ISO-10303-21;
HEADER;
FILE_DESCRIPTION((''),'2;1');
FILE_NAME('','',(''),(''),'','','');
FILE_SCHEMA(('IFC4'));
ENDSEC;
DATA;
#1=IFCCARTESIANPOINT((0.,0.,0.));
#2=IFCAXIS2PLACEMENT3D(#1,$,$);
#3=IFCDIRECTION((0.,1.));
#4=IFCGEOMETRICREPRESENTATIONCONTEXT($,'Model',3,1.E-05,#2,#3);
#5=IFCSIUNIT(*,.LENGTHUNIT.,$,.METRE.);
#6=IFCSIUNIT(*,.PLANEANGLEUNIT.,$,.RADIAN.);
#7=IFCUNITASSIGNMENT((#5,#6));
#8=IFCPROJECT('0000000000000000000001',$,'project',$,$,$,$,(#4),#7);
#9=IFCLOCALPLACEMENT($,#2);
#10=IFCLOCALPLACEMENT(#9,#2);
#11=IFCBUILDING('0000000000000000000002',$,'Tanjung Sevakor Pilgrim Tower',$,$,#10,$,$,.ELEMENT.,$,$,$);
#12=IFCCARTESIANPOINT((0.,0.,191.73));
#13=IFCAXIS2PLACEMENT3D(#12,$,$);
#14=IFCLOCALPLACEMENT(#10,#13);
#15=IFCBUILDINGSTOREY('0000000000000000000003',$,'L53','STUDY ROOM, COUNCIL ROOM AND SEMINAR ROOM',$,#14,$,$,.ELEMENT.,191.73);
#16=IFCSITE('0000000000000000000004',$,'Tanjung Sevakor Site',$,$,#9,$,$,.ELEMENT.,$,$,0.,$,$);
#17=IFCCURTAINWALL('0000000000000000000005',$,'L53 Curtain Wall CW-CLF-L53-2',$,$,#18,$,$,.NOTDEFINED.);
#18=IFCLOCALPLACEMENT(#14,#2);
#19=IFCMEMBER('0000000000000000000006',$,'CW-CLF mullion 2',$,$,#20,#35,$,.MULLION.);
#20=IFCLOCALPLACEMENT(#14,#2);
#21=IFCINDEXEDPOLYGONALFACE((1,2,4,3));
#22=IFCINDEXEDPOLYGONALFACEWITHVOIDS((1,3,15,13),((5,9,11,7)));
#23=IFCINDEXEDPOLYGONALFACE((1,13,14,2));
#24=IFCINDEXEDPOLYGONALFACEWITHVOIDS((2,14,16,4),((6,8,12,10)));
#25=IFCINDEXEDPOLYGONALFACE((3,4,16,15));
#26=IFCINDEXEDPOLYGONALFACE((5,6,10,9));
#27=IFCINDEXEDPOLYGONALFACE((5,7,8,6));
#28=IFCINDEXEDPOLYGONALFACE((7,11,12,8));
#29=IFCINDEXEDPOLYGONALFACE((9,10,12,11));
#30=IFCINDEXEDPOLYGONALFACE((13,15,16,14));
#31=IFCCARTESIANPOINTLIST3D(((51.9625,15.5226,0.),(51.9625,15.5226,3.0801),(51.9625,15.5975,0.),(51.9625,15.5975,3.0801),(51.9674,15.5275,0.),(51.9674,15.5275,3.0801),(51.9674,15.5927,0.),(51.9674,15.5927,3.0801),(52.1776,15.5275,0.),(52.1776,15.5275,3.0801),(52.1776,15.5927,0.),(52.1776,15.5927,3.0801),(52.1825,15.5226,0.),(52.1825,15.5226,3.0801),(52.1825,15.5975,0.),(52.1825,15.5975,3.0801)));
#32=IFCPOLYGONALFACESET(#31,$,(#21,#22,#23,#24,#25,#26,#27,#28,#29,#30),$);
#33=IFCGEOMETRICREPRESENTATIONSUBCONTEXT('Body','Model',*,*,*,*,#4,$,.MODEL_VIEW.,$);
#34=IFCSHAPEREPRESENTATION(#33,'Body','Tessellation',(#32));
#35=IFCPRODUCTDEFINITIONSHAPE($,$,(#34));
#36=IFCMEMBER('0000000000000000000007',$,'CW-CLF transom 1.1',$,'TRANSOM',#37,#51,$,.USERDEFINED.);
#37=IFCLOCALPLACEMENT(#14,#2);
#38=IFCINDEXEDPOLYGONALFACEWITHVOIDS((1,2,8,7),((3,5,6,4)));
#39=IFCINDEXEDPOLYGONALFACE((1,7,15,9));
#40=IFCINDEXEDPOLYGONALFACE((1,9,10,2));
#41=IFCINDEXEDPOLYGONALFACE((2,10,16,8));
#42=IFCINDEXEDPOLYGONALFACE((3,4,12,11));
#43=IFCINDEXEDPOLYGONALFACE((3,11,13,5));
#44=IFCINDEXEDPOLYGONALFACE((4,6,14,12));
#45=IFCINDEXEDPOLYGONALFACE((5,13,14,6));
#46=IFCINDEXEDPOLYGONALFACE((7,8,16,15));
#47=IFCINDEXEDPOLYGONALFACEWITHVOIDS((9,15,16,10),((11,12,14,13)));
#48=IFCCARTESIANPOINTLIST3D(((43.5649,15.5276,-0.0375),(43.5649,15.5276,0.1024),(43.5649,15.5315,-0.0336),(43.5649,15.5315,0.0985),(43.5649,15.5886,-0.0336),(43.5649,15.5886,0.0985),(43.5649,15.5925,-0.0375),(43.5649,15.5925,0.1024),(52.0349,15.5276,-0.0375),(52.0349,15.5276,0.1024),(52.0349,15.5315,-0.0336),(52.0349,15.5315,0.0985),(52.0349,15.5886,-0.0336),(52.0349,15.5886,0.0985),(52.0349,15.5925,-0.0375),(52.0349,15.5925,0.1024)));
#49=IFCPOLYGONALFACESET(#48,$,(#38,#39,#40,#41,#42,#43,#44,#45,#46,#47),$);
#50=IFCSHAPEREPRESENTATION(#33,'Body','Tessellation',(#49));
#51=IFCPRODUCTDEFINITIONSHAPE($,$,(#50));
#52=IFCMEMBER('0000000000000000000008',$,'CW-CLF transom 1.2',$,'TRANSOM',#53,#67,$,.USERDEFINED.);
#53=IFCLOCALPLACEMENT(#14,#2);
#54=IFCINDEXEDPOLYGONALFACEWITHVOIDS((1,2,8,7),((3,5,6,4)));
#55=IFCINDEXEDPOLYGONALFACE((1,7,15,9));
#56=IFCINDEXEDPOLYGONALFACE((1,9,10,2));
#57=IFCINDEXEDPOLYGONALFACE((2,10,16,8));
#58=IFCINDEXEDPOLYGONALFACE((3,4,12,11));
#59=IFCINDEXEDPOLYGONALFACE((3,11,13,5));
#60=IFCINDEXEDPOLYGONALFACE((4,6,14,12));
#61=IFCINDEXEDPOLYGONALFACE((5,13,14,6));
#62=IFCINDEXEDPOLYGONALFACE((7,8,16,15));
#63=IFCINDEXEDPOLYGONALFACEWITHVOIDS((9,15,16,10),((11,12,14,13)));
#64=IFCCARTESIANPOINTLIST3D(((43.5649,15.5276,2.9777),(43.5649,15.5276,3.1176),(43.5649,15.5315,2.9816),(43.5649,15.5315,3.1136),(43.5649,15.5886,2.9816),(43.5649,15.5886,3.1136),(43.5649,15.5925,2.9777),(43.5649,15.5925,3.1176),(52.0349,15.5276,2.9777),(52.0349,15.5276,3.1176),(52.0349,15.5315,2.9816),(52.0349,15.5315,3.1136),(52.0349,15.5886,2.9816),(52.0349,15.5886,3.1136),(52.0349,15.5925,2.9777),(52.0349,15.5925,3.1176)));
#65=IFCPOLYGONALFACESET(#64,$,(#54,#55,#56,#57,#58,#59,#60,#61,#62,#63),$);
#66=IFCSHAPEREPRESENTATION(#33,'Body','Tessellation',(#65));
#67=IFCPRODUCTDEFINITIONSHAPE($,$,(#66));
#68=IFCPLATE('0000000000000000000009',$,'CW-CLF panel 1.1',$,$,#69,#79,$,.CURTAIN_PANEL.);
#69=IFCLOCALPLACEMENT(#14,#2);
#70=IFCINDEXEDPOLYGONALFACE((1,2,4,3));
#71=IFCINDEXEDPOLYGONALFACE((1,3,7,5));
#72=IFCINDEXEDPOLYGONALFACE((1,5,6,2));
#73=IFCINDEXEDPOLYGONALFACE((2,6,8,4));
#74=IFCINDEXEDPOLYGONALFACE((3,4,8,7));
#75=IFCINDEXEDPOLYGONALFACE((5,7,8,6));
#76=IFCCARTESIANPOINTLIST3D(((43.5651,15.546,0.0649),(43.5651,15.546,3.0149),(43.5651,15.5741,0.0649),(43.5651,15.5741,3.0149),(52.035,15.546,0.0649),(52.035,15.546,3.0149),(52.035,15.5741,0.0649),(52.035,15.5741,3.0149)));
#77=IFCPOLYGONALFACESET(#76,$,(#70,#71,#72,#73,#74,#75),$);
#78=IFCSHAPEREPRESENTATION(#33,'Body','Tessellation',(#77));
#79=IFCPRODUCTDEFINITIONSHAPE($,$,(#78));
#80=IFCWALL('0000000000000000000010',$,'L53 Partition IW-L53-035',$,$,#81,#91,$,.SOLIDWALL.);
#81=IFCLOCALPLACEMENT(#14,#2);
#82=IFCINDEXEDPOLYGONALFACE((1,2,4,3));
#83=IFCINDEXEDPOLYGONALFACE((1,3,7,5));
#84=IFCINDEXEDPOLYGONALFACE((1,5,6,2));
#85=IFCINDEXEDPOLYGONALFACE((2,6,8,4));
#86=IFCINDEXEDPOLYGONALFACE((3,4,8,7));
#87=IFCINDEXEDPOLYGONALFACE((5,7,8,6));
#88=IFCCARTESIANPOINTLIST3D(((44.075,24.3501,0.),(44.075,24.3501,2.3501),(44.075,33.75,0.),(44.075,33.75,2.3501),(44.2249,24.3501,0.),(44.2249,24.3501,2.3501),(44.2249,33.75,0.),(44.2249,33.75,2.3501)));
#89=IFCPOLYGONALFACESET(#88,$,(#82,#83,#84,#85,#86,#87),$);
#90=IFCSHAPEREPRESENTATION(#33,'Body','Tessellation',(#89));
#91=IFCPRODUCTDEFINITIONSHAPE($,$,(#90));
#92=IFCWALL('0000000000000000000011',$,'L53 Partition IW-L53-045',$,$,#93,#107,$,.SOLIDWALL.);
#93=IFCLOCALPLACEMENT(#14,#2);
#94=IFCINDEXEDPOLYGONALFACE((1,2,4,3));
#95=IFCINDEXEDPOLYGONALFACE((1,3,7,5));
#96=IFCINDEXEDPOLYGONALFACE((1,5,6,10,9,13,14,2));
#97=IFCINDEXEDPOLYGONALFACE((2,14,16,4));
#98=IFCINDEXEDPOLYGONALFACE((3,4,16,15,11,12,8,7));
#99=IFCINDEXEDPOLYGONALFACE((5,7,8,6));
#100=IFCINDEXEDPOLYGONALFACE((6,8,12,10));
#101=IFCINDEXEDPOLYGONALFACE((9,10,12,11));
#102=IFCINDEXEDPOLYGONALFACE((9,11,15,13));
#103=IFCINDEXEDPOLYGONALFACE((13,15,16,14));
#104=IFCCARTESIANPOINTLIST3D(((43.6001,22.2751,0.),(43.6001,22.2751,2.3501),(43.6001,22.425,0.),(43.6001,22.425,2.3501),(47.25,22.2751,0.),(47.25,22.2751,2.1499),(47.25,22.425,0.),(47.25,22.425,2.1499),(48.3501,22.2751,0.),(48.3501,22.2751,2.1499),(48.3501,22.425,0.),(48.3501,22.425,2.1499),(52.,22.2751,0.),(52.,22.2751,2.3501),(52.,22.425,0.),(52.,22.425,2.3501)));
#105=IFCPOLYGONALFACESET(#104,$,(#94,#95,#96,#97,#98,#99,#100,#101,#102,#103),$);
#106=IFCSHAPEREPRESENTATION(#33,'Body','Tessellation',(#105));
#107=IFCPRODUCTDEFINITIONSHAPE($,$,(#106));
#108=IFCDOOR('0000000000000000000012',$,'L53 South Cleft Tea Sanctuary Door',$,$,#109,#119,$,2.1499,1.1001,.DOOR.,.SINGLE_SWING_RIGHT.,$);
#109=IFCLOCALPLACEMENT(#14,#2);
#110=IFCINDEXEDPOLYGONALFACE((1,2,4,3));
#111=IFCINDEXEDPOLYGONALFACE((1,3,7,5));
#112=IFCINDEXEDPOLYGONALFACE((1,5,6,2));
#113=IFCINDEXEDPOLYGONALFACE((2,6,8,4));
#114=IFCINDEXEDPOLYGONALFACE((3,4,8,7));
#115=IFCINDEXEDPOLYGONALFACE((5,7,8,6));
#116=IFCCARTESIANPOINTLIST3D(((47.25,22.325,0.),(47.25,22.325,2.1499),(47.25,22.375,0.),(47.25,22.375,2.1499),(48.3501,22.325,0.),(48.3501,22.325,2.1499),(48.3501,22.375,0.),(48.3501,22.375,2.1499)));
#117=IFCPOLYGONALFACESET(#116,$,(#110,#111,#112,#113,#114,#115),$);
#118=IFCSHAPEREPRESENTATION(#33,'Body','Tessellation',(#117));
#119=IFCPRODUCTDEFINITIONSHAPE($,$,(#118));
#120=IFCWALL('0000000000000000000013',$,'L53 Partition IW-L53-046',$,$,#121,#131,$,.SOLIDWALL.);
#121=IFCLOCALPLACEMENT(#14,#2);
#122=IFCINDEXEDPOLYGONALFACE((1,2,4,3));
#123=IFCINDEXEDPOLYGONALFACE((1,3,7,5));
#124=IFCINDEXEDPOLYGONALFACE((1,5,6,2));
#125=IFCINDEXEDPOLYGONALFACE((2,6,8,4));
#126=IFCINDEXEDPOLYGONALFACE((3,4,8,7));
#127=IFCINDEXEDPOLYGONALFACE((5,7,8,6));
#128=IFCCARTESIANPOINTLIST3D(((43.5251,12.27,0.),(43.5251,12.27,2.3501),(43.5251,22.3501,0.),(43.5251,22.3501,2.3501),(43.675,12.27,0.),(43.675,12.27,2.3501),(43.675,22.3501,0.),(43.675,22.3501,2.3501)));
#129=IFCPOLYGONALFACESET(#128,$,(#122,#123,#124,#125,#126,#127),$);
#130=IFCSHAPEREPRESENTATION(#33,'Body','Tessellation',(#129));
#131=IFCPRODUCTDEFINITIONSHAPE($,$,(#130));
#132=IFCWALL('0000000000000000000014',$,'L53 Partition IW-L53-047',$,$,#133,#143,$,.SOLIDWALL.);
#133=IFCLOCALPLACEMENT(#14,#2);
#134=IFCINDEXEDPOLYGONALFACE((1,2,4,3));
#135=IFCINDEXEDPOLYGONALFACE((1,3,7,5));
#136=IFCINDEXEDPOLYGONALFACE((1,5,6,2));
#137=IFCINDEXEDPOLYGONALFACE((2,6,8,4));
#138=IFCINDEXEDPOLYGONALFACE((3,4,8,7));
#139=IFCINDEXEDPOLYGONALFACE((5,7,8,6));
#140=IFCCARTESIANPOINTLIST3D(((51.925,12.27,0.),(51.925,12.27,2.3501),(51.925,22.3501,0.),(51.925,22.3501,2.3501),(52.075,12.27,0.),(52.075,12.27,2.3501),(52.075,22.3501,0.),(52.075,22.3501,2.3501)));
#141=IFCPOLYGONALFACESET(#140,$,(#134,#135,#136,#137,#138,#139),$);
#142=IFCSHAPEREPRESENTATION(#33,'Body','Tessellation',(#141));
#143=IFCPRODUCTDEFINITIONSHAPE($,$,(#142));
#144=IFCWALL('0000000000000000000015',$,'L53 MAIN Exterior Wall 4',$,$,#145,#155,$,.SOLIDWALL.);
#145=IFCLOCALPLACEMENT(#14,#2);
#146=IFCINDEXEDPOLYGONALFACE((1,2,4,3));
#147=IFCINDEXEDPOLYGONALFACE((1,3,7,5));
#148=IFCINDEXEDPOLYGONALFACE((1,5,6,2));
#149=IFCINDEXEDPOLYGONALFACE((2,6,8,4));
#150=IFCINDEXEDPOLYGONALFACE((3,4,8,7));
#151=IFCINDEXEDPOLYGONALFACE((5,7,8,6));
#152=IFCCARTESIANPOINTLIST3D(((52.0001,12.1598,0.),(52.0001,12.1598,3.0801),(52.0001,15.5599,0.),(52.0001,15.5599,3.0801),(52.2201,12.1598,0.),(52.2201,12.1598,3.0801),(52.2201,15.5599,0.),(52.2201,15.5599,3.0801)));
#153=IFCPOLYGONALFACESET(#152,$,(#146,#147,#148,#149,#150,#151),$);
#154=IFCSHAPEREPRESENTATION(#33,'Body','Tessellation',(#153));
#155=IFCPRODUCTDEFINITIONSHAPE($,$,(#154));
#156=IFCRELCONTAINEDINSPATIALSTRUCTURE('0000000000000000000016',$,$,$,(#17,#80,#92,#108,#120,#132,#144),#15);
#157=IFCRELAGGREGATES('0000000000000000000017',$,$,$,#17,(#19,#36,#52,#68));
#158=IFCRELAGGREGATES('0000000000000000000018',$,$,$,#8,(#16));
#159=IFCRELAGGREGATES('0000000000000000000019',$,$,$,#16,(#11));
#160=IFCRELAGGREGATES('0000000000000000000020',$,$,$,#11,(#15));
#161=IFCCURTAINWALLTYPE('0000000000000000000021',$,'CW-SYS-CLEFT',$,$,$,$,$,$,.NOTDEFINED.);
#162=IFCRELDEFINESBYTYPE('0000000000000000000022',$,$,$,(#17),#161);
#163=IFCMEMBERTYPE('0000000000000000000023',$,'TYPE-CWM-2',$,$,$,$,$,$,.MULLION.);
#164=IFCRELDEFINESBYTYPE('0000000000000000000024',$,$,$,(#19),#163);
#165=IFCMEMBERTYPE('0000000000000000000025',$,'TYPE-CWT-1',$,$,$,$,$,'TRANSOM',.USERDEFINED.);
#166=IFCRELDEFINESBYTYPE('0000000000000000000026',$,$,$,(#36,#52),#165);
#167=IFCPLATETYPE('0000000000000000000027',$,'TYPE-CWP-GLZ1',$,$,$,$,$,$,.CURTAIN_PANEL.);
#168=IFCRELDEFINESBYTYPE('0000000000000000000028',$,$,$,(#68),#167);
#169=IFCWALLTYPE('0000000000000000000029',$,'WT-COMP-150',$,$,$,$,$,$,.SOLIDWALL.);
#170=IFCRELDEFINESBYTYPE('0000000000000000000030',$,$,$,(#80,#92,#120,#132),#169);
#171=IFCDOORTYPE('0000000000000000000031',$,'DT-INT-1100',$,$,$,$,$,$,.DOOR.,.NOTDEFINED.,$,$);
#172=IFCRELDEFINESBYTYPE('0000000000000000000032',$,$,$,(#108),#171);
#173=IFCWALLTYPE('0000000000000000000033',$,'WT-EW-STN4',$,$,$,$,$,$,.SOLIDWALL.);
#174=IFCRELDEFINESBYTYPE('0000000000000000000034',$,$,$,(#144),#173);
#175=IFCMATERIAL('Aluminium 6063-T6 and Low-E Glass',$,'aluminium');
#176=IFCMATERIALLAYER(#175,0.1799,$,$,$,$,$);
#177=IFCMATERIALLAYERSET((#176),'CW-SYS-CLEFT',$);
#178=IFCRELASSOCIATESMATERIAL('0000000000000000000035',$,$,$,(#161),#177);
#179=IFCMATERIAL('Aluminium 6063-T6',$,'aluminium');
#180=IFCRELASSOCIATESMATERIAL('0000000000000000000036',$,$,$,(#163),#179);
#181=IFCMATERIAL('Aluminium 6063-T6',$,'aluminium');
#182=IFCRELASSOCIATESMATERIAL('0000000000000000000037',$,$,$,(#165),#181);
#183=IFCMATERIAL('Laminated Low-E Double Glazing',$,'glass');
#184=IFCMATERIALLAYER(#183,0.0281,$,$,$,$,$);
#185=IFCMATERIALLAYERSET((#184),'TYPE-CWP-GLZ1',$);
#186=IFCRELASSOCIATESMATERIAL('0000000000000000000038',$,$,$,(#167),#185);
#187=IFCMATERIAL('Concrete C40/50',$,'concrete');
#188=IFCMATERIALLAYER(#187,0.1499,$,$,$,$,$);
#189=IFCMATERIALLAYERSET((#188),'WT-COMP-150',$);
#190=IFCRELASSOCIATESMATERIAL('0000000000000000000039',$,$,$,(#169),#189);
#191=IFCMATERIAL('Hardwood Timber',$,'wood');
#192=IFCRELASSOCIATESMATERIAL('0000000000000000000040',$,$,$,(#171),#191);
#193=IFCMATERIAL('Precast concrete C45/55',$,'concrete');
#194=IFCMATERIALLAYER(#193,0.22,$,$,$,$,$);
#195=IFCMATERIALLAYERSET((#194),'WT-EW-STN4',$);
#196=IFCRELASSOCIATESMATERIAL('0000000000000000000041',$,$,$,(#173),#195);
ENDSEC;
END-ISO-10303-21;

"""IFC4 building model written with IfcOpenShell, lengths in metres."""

from ifc_helpers import new_model, si_unit, direction, frame, frame_2d, origin, origin_2d, place, context, subcontext, project, spatial, rectangle, hollow_rectangle, extrude, material, layer, layer_set, material_profile, profile_set, type_object, element, fill, aggregate, save


model = new_model("IFC4")

# Units and contexts
model_context = context("Model", 3, precision=1e-05, world=origin(), true_north=direction((0.0, 1.0)))
body_context = subcontext(model_context, "Body", "Model", "MODEL_VIEW")
ifc_project = project(units=[si_unit("LENGTHUNIT", "METRE"), si_unit("PLANEANGLEUNIT", "RADIAN")], contexts=[model_context])

# Site, building, storey
site_placement = place(None, origin())
site = spatial("IfcSite", under=ifc_project, at=site_placement, Name="Tanjung Sevakor Site", CompositionType="ELEMENT", RefElevation=0.0)
building_placement = place(site_placement, origin())
building = spatial("IfcBuilding", under=site, at=building_placement, Name="Tanjung Sevakor Pilgrim Tower", CompositionType="ELEMENT")
storey_placement = place(building_placement, frame((0.0, 0.0, 191.73)))
storey = spatial("IfcBuildingStorey", under=building, at=storey_placement, Name="L53", Description="STUDY ROOM, COUNCIL ROOM AND SEMINAR ROOM", CompositionType="ELEMENT", Elevation=191.73)

# Curtain wall, members, plate
ifc_material_1 = material(Name="Aluminium 6063-T6 and Low-E Glass", Category="aluminium")
ifc_layer_1 = layer(ifc_material_1, 0.1799)
ifc_layer_set_1 = layer_set([ifc_layer_1], Name="CW-SYS-CLEFT")
curtain_wall_type = type_object("IfcCurtainWallType", Name="CW-SYS-CLEFT", PredefinedType="NOTDEFINED", material=ifc_layer_set_1)
curtain_wall_placement = place(storey_placement, origin())
curtain_wall = element("IfcCurtainWall", 1, at=curtain_wall_placement, inside=storey, type_object=curtain_wall_type, Name="L53 Curtain Wall CW-CLF-L53-2", PredefinedType="NOTDEFINED")
ifc_material_2 = material(Name="Aluminium 6063-T6", Category="aluminium")
ifc_material_profile_1 = material_profile(ifc_material_2, hollow_rectangle(XDim=0.075, YDim=0.22, WallThickness=0.0049, at=origin_2d()))
ifc_profile_set_1 = profile_set([ifc_material_profile_1], Name="Aluminium 6063-T6")
member_type_1 = type_object("IfcMemberType", Name="TYPE-CWM-2", PredefinedType="MULLION", material=ifc_profile_set_1)
member_1_placement = place(storey_placement, frame((52.0725, 15.5601, 0.0), z_axis=(0.0, 0.0, 1.0), x_axis=(0.0, 1.0, 0.0)))
member_1 = element("IfcMember", 2, at=member_1_placement, type_object=member_type_1, Name="CW-CLF mullion 2", PredefinedType="MULLION", context=body_context, shape_type="SweptSolid", body=[
    extrude(hollow_rectangle(XDim=0.075, YDim=0.22, WallThickness=0.0049, at=origin_2d()), origin(), (0.0, 0.0, 1.0), 3.0801),
])
ifc_material_3 = material(Name="Aluminium 6063-T6", Category="aluminium")
ifc_material_profile_2 = material_profile(ifc_material_3, hollow_rectangle(XDim=0.0649, YDim=0.1399, WallThickness=0.0039, at=origin_2d()))
ifc_profile_set_2 = profile_set([ifc_material_profile_2], Name="Aluminium 6063-T6")
member_type_2 = type_object("IfcMemberType", Name="TYPE-CWT-1", ElementType="TRANSOM", PredefinedType="USERDEFINED", material=ifc_profile_set_2)
member_2_placement = place(storey_placement, frame((43.5649, 15.5601, 0.0325), z_axis=(1.0, 0.0, 0.0), x_axis=(0.0, 1.0, 0.0)))
member_2 = element("IfcMember", 3, at=member_2_placement, type_object=member_type_2, Name="CW-CLF transom 1.1", ObjectType="TRANSOM", PredefinedType="USERDEFINED", context=body_context, shape_type="SweptSolid", body=[
    extrude(hollow_rectangle(XDim=0.0649, YDim=0.1399, WallThickness=0.0039, at=origin_2d()), origin(), (0.0, 0.0, 1.0), 8.47),
])
member_3_placement = place(storey_placement, frame((43.5649, 15.5601, 3.0476), z_axis=(1.0, 0.0, 0.0), x_axis=(0.0, 1.0, 0.0)))
member_3 = element("IfcMember", 4, at=member_3_placement, type_object=member_type_2, Name="CW-CLF transom 1.2", ObjectType="TRANSOM", PredefinedType="USERDEFINED", context=body_context, shape_type="SweptSolid", body=[
    extrude(hollow_rectangle(XDim=0.0649, YDim=0.1399, WallThickness=0.0039, at=origin_2d()), origin(), (0.0, 0.0, 1.0), 8.47),
])
ifc_material_4 = material(Name="Laminated Low-E Double Glazing", Category="glass")
ifc_layer_2 = layer(ifc_material_4, 0.0281)
ifc_layer_set_2 = layer_set([ifc_layer_2], Name="TYPE-CWP-GLZ1")
plate_type = type_object("IfcPlateType", Name="TYPE-CWP-GLZ1", PredefinedType="CURTAIN_PANEL", material=ifc_layer_set_2)
plate_placement = place(storey_placement, frame((47.8, 15.5601, 0.0649), z_axis=(0.0, 0.0, 1.0), x_axis=(1.0, 0.0, 0.0)))
plate = element("IfcPlate", 5, at=plate_placement, type_object=plate_type, Name="CW-CLF panel 1.1", PredefinedType="CURTAIN_PANEL", context=body_context, shape_type="SweptSolid", body=[
    extrude(rectangle(XDim=8.47, YDim=0.0281, at=origin_2d()), origin(), (0.0, 0.0, 1.0), 2.95),
])
aggregate(curtain_wall, [member_1, member_2, member_3, plate])

# Wall
ifc_material_5 = material(Name="Concrete C40/50", Category="concrete")
ifc_layer_3 = layer(ifc_material_5, 0.1499)
ifc_layer_set_3 = layer_set([ifc_layer_3], Name="WT-COMP-150")
wall_type_1 = type_object("IfcWallType", Name="WT-COMP-150", PredefinedType="SOLIDWALL", material=ifc_layer_set_3)
wall_1_placement = place(storey_placement, frame((44.1499, 24.3501, 0.0), z_axis=(0.0, 0.0, 1.0), x_axis=(0.0, 1.0, 0.0)))
element("IfcWall", 6, at=wall_1_placement, inside=storey, type_object=wall_type_1, Name="L53 Partition IW-L53-035", PredefinedType="SOLIDWALL", context=body_context, shape_type="SweptSolid", body=[
    extrude(rectangle(XDim=9.3999, YDim=0.1499, at=frame_2d((4.7, 0.0))), origin(), (0.0, 0.0, 1.0), 2.3501),
])

# Wall, opening, door
wall_2_placement = place(storey_placement, frame((43.6001, 22.3501, 0.0), z_axis=(0.0, 0.0, 1.0), x_axis=(1.0, 0.0, 0.0)))
wall_2 = element("IfcWall", 7, at=wall_2_placement, inside=storey, type_object=wall_type_1, Name="L53 Partition IW-L53-045", PredefinedType="SOLIDWALL", context=body_context, shape_type="SweptSolid", body=[
    extrude(rectangle(XDim=8.3999, YDim=0.1499, at=frame_2d((4.2, 0.0))), origin(), (0.0, 0.0, 1.0), 2.3501),
])
opening_1_placement = place(wall_2_placement, frame((3.6499, 0.0, 0.0)))
opening_1 = element("IfcOpeningElement", 8, at=opening_1_placement, cuts=wall_2, PredefinedType="OPENING", context=body_context, shape_type="SweptSolid", body=[
    extrude(rectangle(XDim=1.1001, YDim=2.1499, at=frame_2d((0.55, 1.075))), frame((0.0, 0.085, 0.0), z_axis=(0.0, -1.0, 0.0), x_axis=(1.0, 0.0, 0.0)), (0.0, 0.0, 1.0), 0.1699),
])
ifc_material_6 = material(Name="Hardwood Timber", Category="wood")
door_type_1 = type_object("IfcDoorType", Name="DT-INT-1100", OperationType="NOTDEFINED", PredefinedType="DOOR", material=ifc_material_6)
door_1_placement = place(opening_1_placement, origin())
door_1 = element("IfcDoor", 9, at=door_1_placement, inside=storey, type_object=door_type_1, Name="L53 South Cleft Tea Sanctuary Door", OperationType="SINGLE_SWING_RIGHT", OverallHeight=2.1499, OverallWidth=1.1001, PredefinedType="DOOR", context=body_context, shape_type="SweptSolid", body=[
    extrude(rectangle(XDim=1.1001, YDim=2.1499, at=frame_2d((0.55, 1.075))), frame((0.0, 0.0249, 0.0), z_axis=(0.0, -1.0, 0.0), x_axis=(1.0, 0.0, 0.0)), (0.0, 0.0, 1.0), 0.05),
])
fill(opening_1, door_1)

# Walls
for number, where, z_axis, x_axis, name in (
    (10, (43.6001, 12.27, 0.0), (0.0, 0.0, 1.0), (0.0, 1.0, 0.0), "L53 Partition IW-L53-046"),
    (11, (52.0, 12.27, 0.0), (0.0, 0.0, 1.0), (0.0, 1.0, 0.0), "L53 Partition IW-L53-047"),
):
    element("IfcWall", number, at=place(storey_placement, frame(where, z_axis=z_axis, x_axis=x_axis)), inside=storey, type_object=wall_type_1, Name=name, PredefinedType="SOLIDWALL", context=body_context, shape_type="SweptSolid", body=[
        extrude(rectangle(XDim=10.0801, YDim=0.1499, at=frame_2d((5.04, 0.0))), origin(), (0.0, 0.0, 1.0), 2.3501),
    ])

# Wall
ifc_material_7 = material(Name="Precast concrete C45/55", Category="concrete")
ifc_layer_4 = layer(ifc_material_7, 0.22)
ifc_layer_set_4 = layer_set([ifc_layer_4], Name="WT-EW-STN4")
wall_type_2 = type_object("IfcWallType", Name="WT-EW-STN4", PredefinedType="SOLIDWALL", material=ifc_layer_set_4)
wall_3_placement = place(storey_placement, frame((52.1101, 15.5601, 0.0), z_axis=(0.0, 0.0, 1.0), x_axis=(0.0, -1.0, 0.0)))
element("IfcWall", 12, at=wall_3_placement, inside=storey, type_object=wall_type_2, Name="L53 MAIN Exterior Wall 4", PredefinedType="SOLIDWALL", context=body_context, shape_type="SweptSolid", body=[
    extrude(rectangle(XDim=3.4001, YDim=0.22, at=frame_2d((1.7002, 0.0))), origin(), (0.0, 0.0, 1.0), 3.0801),
])

save(model, "model.ifc")
